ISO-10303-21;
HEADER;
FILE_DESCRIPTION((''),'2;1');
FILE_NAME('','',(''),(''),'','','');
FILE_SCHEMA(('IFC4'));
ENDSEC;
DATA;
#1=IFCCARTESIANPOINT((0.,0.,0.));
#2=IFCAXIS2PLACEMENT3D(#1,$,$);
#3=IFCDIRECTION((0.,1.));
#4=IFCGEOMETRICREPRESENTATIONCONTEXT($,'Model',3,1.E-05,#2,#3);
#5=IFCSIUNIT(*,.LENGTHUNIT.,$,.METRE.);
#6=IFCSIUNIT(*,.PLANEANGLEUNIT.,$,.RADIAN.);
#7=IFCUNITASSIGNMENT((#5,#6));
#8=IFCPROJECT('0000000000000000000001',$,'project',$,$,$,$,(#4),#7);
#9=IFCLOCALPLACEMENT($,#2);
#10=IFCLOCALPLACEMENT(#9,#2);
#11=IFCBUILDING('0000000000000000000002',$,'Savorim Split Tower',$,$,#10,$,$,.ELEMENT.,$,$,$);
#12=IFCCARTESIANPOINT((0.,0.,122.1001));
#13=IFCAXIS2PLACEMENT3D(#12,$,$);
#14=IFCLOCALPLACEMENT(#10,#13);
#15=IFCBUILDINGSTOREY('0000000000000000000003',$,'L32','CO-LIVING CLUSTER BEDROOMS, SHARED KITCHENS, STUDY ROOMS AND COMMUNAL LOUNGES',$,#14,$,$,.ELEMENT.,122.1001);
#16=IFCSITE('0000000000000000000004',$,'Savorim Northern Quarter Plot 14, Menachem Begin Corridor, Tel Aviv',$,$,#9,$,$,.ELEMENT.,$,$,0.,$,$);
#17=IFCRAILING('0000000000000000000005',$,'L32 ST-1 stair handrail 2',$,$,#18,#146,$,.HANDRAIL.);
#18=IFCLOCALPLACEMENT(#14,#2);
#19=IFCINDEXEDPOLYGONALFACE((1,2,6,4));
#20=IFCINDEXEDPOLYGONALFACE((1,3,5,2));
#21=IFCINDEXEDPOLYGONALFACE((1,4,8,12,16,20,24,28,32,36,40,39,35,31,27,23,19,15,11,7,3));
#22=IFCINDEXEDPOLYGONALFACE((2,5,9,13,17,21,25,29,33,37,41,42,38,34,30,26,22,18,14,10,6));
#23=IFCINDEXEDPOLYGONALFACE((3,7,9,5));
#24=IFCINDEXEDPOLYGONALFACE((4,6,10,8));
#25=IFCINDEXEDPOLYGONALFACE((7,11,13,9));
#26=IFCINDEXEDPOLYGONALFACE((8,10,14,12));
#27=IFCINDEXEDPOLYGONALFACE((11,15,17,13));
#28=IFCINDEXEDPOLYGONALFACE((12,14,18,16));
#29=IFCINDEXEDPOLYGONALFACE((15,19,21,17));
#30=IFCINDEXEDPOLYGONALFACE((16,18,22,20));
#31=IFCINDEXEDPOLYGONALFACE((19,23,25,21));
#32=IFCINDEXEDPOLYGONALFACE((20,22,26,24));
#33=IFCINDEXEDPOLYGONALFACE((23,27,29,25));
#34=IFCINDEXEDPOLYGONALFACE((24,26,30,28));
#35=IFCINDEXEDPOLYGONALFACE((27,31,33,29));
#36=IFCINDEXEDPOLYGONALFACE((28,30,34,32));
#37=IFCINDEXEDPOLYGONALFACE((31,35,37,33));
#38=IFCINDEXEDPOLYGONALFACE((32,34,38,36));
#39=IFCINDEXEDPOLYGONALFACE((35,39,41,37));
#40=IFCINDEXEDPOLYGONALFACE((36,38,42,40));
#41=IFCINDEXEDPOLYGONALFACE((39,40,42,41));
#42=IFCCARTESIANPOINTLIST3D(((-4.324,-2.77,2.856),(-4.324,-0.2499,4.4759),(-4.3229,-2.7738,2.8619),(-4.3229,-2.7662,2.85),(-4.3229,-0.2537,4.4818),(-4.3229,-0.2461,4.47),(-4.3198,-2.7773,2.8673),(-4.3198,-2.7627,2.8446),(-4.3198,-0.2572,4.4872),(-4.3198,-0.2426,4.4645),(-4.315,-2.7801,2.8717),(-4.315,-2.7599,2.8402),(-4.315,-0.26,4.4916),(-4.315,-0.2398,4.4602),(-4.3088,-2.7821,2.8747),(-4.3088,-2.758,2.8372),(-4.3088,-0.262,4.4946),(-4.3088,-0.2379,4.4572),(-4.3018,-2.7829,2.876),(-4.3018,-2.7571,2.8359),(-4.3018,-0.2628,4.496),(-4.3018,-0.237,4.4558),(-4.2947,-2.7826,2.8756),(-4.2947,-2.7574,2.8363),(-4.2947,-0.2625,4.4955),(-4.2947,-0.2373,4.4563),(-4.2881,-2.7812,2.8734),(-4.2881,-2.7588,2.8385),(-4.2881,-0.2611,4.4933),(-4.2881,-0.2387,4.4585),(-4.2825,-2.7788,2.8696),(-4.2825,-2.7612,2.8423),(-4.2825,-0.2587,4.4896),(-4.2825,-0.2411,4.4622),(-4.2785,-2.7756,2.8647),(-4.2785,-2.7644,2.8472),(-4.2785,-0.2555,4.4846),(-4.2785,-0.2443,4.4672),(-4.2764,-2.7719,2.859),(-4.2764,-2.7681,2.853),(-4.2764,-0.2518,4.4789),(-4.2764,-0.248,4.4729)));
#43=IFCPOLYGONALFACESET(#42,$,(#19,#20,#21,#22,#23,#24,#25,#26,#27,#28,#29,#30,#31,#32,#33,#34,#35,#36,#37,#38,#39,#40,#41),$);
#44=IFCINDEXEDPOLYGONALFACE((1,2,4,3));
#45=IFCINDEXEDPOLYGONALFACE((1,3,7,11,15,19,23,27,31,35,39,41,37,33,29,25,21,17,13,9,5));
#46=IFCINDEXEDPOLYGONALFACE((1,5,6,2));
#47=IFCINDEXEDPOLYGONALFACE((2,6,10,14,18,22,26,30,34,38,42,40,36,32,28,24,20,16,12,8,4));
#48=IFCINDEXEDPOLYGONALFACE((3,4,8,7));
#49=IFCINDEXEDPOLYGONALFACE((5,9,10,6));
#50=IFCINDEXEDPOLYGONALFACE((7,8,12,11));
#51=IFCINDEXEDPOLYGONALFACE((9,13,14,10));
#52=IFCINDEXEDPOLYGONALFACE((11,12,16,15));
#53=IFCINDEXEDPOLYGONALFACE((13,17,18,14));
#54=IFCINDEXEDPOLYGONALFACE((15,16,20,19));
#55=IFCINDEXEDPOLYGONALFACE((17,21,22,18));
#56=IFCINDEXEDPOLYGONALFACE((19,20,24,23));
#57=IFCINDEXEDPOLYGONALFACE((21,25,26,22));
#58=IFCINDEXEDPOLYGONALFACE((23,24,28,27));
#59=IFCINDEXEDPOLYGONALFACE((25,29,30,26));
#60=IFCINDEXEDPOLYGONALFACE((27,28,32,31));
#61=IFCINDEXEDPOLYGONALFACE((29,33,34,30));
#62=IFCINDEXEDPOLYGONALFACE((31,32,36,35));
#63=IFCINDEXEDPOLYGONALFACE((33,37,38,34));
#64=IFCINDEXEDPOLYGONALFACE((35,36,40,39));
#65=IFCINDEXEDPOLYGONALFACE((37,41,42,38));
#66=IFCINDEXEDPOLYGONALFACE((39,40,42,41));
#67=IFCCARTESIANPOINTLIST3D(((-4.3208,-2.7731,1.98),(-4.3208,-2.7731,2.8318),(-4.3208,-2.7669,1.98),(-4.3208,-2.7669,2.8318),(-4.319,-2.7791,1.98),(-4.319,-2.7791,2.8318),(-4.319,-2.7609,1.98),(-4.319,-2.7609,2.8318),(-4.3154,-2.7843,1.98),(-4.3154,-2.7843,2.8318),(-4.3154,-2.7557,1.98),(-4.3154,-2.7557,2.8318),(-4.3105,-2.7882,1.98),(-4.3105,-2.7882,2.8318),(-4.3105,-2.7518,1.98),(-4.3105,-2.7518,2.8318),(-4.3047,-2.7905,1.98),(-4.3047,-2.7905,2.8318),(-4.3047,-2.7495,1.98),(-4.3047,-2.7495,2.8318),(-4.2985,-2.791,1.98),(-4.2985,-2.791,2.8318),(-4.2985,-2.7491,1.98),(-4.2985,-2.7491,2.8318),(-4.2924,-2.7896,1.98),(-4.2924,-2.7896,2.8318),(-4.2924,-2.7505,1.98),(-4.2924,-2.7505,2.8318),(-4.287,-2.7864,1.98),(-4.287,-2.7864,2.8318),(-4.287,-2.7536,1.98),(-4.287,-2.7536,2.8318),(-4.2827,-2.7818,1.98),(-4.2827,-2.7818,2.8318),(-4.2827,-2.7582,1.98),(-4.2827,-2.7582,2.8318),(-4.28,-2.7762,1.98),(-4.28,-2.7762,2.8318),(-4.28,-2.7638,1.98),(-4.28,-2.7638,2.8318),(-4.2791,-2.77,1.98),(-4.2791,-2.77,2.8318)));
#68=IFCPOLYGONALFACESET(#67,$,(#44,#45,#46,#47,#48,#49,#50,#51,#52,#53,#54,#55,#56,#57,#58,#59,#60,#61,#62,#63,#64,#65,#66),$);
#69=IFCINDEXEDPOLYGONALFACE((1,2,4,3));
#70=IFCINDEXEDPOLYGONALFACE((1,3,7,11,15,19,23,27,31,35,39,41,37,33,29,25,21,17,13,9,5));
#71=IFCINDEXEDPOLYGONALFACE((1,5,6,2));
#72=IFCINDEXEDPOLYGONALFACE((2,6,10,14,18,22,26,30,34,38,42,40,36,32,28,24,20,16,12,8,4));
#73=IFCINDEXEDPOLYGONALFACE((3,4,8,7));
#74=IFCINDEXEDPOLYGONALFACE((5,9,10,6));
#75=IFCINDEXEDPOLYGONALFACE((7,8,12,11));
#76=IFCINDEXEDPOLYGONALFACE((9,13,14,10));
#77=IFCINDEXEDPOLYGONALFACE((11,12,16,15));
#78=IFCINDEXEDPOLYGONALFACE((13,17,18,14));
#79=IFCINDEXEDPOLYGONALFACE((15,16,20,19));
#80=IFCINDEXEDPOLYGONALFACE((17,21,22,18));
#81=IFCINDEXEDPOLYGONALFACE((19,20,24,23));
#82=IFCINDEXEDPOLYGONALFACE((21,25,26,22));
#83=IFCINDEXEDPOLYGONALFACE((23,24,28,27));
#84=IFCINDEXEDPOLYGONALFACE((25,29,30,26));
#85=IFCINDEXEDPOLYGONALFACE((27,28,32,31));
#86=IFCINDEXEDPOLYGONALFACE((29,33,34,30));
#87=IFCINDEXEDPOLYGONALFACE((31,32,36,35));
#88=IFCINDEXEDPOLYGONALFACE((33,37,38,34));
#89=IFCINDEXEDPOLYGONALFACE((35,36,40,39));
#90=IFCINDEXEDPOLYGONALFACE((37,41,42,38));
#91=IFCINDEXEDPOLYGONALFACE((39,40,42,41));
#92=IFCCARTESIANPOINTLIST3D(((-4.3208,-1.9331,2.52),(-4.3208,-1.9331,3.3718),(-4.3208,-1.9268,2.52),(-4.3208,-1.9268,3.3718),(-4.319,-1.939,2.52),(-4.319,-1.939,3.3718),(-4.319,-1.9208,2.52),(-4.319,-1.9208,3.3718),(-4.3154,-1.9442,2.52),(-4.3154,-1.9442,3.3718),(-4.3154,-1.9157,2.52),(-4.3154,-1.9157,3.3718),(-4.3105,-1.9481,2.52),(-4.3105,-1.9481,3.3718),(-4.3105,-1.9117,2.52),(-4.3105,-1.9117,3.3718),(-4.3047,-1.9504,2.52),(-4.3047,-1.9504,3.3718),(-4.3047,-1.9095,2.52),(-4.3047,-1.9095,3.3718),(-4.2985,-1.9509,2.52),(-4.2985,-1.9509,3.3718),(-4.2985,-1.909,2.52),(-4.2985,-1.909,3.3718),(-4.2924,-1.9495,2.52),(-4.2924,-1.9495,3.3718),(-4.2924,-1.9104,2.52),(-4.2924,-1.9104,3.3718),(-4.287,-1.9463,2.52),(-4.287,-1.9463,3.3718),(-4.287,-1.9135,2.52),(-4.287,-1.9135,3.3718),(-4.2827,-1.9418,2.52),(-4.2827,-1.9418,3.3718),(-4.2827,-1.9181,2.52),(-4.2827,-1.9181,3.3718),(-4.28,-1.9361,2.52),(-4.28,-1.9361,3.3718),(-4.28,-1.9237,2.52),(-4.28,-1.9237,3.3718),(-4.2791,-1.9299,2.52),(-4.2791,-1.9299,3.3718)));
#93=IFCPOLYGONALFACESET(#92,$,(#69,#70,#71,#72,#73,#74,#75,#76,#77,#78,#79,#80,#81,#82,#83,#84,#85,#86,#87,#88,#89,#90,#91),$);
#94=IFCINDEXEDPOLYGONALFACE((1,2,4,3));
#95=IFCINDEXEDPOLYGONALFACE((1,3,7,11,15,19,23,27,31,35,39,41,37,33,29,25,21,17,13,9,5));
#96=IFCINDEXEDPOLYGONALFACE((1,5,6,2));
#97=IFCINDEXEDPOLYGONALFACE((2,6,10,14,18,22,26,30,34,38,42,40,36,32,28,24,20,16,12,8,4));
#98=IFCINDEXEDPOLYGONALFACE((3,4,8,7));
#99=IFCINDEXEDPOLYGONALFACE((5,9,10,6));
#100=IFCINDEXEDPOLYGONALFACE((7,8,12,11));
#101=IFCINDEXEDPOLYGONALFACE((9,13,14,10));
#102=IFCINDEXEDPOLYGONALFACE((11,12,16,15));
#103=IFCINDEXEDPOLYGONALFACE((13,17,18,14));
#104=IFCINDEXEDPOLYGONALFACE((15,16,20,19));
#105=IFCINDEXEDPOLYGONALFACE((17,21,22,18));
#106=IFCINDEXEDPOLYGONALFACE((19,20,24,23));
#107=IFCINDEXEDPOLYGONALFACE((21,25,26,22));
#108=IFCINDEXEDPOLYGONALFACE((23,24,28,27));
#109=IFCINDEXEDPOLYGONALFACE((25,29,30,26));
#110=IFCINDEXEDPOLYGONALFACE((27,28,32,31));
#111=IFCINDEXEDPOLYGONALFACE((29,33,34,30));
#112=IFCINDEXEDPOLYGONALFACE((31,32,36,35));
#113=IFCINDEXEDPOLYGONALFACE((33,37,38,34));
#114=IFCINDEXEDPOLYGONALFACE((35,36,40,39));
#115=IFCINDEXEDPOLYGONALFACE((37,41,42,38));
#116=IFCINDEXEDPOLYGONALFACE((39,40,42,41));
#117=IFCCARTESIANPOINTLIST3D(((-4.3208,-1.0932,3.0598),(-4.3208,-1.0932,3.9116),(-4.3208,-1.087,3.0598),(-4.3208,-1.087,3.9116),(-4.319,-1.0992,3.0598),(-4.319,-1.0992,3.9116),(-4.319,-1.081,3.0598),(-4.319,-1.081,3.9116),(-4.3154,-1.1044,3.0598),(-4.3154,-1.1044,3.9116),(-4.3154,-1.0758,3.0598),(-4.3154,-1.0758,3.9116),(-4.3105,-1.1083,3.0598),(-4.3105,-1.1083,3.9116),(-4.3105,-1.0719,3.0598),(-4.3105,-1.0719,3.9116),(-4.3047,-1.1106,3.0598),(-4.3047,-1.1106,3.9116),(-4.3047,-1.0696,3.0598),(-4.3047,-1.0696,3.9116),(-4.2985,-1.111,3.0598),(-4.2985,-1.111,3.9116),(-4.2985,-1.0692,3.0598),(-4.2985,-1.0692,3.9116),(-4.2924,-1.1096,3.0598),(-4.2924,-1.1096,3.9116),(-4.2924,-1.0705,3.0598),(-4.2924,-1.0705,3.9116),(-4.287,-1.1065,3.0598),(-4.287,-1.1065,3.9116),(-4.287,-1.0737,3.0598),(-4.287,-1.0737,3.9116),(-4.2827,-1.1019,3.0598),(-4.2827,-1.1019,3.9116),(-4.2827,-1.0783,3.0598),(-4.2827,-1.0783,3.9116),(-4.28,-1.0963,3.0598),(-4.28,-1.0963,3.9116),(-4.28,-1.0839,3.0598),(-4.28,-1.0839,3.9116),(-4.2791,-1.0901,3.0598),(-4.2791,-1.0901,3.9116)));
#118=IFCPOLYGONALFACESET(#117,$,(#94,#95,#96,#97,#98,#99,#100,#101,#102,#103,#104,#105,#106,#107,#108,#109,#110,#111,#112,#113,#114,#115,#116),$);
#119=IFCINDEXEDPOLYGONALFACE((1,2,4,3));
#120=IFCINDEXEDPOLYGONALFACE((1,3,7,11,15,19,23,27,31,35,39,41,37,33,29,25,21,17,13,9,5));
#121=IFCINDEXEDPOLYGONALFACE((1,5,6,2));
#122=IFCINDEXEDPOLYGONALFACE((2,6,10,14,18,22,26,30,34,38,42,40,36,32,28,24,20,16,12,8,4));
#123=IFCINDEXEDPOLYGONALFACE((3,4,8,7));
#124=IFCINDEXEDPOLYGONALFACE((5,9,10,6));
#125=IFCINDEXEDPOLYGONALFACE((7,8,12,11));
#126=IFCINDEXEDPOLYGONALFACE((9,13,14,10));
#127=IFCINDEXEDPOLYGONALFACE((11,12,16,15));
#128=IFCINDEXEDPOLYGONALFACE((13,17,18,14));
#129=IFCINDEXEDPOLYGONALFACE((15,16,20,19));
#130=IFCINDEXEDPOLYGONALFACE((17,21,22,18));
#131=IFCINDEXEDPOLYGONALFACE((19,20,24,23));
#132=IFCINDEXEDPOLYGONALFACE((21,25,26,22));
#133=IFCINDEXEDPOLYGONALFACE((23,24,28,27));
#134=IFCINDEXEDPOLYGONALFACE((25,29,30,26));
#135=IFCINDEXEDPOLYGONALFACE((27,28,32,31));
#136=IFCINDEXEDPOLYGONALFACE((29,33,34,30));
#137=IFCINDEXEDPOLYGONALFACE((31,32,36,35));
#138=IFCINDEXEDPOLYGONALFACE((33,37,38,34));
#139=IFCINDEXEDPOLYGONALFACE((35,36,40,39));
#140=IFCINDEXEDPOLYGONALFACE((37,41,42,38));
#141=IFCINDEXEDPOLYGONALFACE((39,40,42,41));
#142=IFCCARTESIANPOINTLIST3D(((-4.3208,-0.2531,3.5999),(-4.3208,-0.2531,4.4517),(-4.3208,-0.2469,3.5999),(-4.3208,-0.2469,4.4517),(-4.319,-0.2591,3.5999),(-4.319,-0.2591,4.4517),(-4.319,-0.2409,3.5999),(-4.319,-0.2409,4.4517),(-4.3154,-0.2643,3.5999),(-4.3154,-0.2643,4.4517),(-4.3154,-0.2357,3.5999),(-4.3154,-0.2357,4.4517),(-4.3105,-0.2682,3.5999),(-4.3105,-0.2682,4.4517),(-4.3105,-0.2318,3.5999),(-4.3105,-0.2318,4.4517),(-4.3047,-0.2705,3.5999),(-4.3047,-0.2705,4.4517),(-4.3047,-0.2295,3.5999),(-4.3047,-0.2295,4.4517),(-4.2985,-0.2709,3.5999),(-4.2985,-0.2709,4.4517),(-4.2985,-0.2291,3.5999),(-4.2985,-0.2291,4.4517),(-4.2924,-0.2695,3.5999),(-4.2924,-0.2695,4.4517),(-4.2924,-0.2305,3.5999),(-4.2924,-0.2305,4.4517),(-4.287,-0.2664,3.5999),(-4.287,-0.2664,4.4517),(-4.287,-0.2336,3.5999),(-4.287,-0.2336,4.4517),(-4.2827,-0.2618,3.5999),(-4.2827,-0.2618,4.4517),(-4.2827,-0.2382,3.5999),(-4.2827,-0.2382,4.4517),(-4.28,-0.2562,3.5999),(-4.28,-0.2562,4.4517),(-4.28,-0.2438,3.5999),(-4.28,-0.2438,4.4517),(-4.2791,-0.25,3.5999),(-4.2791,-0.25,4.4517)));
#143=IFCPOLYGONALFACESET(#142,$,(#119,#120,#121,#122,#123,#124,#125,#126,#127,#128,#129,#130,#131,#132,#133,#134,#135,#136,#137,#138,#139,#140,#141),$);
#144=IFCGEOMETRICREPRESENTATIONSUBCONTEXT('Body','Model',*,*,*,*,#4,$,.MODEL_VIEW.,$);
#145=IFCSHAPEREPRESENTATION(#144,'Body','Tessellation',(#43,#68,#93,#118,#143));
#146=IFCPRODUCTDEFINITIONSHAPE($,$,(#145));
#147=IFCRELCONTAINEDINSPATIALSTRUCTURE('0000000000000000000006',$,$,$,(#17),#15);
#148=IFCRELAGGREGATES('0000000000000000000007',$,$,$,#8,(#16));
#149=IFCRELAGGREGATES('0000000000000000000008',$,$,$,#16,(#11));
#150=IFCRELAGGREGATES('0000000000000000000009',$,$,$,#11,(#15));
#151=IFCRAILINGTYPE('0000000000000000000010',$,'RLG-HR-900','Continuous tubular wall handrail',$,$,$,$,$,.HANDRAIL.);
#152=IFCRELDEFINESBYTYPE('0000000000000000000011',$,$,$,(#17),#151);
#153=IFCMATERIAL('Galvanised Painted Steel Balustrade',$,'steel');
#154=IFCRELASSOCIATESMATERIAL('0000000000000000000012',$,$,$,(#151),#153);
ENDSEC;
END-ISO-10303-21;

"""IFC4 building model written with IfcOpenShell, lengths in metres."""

from ifc_helpers import new_model, si_unit, direction, frame, origin, origin_2d, place, context, subcontext, project, spatial, circle, extrude, material, type_object, element, save


model = new_model("IFC4")

# Units and contexts
model_context = context("Model", 3, precision=1e-05, world=origin(), true_north=direction((0.0, 1.0)))
body_context = subcontext(model_context, "Body", "Model", "MODEL_VIEW")
ifc_project = project(units=[si_unit("LENGTHUNIT", "METRE"), si_unit("PLANEANGLEUNIT", "RADIAN")], contexts=[model_context])

# Site, building, storey
site_placement = place(None, origin())
site = spatial("IfcSite", under=ifc_project, at=site_placement, Name="Savorim Northern Quarter Plot 14, Menachem Begin Corridor, Tel Aviv", CompositionType="ELEMENT", RefElevation=0.0)
building_placement = place(site_placement, origin())
building = spatial("IfcBuilding", under=site, at=building_placement, Name="Savorim Split Tower", CompositionType="ELEMENT")
storey_placement = place(building_placement, frame((0.0, 0.0, 122.1001)))
storey = spatial("IfcBuildingStorey", under=building, at=storey_placement, Name="L32", Description="CO-LIVING CLUSTER BEDROOMS, SHARED KITCHENS, STUDY ROOMS AND COMMUNAL LOUNGES", CompositionType="ELEMENT", Elevation=122.1001)

# Railing
ifc_material_1 = material(Name="Galvanised Painted Steel Balustrade", Category="steel")
railing_type_1 = type_object("IfcRailingType", Name="RLG-HR-900", Description="Continuous tubular wall handrail", PredefinedType="HANDRAIL", material=ifc_material_1)
railing_1_placement = place(storey_placement, frame((-4.3, -2.77, 1.98)))
element("IfcRailing", 1, at=railing_1_placement, inside=storey, type_object=railing_type_1, Name="L32 ST-1 stair handrail 2", PredefinedType="HANDRAIL", context=body_context, shape_type="SweptSolid", body=[
    extrude(circle(Radius=0.0239, at=origin_2d()), frame((0.0, 0.0, 0.876), z_axis=(0.0, 0.8412, 0.540725), x_axis=(-1.0, 0.0, 0.0)), (0.0, 0.0, 1.0), 2.9958),
    extrude(circle(Radius=0.021, at=origin_2d()), origin(), (0.0, 0.0, 1.0), 0.8518),
    extrude(circle(Radius=0.021, at=origin_2d()), frame((0.0, 0.8401, 0.54)), (0.0, 0.0, 1.0), 0.8518),
    extrude(circle(Radius=0.021, at=origin_2d()), frame((0.0, 1.6799, 1.0798)), (0.0, 0.0, 1.0), 0.8518),
    extrude(circle(Radius=0.021, at=origin_2d()), frame((0.0, 2.52, 1.6199)), (0.0, 0.0, 1.0), 0.8518),
])

save(model, "model.ifc")
